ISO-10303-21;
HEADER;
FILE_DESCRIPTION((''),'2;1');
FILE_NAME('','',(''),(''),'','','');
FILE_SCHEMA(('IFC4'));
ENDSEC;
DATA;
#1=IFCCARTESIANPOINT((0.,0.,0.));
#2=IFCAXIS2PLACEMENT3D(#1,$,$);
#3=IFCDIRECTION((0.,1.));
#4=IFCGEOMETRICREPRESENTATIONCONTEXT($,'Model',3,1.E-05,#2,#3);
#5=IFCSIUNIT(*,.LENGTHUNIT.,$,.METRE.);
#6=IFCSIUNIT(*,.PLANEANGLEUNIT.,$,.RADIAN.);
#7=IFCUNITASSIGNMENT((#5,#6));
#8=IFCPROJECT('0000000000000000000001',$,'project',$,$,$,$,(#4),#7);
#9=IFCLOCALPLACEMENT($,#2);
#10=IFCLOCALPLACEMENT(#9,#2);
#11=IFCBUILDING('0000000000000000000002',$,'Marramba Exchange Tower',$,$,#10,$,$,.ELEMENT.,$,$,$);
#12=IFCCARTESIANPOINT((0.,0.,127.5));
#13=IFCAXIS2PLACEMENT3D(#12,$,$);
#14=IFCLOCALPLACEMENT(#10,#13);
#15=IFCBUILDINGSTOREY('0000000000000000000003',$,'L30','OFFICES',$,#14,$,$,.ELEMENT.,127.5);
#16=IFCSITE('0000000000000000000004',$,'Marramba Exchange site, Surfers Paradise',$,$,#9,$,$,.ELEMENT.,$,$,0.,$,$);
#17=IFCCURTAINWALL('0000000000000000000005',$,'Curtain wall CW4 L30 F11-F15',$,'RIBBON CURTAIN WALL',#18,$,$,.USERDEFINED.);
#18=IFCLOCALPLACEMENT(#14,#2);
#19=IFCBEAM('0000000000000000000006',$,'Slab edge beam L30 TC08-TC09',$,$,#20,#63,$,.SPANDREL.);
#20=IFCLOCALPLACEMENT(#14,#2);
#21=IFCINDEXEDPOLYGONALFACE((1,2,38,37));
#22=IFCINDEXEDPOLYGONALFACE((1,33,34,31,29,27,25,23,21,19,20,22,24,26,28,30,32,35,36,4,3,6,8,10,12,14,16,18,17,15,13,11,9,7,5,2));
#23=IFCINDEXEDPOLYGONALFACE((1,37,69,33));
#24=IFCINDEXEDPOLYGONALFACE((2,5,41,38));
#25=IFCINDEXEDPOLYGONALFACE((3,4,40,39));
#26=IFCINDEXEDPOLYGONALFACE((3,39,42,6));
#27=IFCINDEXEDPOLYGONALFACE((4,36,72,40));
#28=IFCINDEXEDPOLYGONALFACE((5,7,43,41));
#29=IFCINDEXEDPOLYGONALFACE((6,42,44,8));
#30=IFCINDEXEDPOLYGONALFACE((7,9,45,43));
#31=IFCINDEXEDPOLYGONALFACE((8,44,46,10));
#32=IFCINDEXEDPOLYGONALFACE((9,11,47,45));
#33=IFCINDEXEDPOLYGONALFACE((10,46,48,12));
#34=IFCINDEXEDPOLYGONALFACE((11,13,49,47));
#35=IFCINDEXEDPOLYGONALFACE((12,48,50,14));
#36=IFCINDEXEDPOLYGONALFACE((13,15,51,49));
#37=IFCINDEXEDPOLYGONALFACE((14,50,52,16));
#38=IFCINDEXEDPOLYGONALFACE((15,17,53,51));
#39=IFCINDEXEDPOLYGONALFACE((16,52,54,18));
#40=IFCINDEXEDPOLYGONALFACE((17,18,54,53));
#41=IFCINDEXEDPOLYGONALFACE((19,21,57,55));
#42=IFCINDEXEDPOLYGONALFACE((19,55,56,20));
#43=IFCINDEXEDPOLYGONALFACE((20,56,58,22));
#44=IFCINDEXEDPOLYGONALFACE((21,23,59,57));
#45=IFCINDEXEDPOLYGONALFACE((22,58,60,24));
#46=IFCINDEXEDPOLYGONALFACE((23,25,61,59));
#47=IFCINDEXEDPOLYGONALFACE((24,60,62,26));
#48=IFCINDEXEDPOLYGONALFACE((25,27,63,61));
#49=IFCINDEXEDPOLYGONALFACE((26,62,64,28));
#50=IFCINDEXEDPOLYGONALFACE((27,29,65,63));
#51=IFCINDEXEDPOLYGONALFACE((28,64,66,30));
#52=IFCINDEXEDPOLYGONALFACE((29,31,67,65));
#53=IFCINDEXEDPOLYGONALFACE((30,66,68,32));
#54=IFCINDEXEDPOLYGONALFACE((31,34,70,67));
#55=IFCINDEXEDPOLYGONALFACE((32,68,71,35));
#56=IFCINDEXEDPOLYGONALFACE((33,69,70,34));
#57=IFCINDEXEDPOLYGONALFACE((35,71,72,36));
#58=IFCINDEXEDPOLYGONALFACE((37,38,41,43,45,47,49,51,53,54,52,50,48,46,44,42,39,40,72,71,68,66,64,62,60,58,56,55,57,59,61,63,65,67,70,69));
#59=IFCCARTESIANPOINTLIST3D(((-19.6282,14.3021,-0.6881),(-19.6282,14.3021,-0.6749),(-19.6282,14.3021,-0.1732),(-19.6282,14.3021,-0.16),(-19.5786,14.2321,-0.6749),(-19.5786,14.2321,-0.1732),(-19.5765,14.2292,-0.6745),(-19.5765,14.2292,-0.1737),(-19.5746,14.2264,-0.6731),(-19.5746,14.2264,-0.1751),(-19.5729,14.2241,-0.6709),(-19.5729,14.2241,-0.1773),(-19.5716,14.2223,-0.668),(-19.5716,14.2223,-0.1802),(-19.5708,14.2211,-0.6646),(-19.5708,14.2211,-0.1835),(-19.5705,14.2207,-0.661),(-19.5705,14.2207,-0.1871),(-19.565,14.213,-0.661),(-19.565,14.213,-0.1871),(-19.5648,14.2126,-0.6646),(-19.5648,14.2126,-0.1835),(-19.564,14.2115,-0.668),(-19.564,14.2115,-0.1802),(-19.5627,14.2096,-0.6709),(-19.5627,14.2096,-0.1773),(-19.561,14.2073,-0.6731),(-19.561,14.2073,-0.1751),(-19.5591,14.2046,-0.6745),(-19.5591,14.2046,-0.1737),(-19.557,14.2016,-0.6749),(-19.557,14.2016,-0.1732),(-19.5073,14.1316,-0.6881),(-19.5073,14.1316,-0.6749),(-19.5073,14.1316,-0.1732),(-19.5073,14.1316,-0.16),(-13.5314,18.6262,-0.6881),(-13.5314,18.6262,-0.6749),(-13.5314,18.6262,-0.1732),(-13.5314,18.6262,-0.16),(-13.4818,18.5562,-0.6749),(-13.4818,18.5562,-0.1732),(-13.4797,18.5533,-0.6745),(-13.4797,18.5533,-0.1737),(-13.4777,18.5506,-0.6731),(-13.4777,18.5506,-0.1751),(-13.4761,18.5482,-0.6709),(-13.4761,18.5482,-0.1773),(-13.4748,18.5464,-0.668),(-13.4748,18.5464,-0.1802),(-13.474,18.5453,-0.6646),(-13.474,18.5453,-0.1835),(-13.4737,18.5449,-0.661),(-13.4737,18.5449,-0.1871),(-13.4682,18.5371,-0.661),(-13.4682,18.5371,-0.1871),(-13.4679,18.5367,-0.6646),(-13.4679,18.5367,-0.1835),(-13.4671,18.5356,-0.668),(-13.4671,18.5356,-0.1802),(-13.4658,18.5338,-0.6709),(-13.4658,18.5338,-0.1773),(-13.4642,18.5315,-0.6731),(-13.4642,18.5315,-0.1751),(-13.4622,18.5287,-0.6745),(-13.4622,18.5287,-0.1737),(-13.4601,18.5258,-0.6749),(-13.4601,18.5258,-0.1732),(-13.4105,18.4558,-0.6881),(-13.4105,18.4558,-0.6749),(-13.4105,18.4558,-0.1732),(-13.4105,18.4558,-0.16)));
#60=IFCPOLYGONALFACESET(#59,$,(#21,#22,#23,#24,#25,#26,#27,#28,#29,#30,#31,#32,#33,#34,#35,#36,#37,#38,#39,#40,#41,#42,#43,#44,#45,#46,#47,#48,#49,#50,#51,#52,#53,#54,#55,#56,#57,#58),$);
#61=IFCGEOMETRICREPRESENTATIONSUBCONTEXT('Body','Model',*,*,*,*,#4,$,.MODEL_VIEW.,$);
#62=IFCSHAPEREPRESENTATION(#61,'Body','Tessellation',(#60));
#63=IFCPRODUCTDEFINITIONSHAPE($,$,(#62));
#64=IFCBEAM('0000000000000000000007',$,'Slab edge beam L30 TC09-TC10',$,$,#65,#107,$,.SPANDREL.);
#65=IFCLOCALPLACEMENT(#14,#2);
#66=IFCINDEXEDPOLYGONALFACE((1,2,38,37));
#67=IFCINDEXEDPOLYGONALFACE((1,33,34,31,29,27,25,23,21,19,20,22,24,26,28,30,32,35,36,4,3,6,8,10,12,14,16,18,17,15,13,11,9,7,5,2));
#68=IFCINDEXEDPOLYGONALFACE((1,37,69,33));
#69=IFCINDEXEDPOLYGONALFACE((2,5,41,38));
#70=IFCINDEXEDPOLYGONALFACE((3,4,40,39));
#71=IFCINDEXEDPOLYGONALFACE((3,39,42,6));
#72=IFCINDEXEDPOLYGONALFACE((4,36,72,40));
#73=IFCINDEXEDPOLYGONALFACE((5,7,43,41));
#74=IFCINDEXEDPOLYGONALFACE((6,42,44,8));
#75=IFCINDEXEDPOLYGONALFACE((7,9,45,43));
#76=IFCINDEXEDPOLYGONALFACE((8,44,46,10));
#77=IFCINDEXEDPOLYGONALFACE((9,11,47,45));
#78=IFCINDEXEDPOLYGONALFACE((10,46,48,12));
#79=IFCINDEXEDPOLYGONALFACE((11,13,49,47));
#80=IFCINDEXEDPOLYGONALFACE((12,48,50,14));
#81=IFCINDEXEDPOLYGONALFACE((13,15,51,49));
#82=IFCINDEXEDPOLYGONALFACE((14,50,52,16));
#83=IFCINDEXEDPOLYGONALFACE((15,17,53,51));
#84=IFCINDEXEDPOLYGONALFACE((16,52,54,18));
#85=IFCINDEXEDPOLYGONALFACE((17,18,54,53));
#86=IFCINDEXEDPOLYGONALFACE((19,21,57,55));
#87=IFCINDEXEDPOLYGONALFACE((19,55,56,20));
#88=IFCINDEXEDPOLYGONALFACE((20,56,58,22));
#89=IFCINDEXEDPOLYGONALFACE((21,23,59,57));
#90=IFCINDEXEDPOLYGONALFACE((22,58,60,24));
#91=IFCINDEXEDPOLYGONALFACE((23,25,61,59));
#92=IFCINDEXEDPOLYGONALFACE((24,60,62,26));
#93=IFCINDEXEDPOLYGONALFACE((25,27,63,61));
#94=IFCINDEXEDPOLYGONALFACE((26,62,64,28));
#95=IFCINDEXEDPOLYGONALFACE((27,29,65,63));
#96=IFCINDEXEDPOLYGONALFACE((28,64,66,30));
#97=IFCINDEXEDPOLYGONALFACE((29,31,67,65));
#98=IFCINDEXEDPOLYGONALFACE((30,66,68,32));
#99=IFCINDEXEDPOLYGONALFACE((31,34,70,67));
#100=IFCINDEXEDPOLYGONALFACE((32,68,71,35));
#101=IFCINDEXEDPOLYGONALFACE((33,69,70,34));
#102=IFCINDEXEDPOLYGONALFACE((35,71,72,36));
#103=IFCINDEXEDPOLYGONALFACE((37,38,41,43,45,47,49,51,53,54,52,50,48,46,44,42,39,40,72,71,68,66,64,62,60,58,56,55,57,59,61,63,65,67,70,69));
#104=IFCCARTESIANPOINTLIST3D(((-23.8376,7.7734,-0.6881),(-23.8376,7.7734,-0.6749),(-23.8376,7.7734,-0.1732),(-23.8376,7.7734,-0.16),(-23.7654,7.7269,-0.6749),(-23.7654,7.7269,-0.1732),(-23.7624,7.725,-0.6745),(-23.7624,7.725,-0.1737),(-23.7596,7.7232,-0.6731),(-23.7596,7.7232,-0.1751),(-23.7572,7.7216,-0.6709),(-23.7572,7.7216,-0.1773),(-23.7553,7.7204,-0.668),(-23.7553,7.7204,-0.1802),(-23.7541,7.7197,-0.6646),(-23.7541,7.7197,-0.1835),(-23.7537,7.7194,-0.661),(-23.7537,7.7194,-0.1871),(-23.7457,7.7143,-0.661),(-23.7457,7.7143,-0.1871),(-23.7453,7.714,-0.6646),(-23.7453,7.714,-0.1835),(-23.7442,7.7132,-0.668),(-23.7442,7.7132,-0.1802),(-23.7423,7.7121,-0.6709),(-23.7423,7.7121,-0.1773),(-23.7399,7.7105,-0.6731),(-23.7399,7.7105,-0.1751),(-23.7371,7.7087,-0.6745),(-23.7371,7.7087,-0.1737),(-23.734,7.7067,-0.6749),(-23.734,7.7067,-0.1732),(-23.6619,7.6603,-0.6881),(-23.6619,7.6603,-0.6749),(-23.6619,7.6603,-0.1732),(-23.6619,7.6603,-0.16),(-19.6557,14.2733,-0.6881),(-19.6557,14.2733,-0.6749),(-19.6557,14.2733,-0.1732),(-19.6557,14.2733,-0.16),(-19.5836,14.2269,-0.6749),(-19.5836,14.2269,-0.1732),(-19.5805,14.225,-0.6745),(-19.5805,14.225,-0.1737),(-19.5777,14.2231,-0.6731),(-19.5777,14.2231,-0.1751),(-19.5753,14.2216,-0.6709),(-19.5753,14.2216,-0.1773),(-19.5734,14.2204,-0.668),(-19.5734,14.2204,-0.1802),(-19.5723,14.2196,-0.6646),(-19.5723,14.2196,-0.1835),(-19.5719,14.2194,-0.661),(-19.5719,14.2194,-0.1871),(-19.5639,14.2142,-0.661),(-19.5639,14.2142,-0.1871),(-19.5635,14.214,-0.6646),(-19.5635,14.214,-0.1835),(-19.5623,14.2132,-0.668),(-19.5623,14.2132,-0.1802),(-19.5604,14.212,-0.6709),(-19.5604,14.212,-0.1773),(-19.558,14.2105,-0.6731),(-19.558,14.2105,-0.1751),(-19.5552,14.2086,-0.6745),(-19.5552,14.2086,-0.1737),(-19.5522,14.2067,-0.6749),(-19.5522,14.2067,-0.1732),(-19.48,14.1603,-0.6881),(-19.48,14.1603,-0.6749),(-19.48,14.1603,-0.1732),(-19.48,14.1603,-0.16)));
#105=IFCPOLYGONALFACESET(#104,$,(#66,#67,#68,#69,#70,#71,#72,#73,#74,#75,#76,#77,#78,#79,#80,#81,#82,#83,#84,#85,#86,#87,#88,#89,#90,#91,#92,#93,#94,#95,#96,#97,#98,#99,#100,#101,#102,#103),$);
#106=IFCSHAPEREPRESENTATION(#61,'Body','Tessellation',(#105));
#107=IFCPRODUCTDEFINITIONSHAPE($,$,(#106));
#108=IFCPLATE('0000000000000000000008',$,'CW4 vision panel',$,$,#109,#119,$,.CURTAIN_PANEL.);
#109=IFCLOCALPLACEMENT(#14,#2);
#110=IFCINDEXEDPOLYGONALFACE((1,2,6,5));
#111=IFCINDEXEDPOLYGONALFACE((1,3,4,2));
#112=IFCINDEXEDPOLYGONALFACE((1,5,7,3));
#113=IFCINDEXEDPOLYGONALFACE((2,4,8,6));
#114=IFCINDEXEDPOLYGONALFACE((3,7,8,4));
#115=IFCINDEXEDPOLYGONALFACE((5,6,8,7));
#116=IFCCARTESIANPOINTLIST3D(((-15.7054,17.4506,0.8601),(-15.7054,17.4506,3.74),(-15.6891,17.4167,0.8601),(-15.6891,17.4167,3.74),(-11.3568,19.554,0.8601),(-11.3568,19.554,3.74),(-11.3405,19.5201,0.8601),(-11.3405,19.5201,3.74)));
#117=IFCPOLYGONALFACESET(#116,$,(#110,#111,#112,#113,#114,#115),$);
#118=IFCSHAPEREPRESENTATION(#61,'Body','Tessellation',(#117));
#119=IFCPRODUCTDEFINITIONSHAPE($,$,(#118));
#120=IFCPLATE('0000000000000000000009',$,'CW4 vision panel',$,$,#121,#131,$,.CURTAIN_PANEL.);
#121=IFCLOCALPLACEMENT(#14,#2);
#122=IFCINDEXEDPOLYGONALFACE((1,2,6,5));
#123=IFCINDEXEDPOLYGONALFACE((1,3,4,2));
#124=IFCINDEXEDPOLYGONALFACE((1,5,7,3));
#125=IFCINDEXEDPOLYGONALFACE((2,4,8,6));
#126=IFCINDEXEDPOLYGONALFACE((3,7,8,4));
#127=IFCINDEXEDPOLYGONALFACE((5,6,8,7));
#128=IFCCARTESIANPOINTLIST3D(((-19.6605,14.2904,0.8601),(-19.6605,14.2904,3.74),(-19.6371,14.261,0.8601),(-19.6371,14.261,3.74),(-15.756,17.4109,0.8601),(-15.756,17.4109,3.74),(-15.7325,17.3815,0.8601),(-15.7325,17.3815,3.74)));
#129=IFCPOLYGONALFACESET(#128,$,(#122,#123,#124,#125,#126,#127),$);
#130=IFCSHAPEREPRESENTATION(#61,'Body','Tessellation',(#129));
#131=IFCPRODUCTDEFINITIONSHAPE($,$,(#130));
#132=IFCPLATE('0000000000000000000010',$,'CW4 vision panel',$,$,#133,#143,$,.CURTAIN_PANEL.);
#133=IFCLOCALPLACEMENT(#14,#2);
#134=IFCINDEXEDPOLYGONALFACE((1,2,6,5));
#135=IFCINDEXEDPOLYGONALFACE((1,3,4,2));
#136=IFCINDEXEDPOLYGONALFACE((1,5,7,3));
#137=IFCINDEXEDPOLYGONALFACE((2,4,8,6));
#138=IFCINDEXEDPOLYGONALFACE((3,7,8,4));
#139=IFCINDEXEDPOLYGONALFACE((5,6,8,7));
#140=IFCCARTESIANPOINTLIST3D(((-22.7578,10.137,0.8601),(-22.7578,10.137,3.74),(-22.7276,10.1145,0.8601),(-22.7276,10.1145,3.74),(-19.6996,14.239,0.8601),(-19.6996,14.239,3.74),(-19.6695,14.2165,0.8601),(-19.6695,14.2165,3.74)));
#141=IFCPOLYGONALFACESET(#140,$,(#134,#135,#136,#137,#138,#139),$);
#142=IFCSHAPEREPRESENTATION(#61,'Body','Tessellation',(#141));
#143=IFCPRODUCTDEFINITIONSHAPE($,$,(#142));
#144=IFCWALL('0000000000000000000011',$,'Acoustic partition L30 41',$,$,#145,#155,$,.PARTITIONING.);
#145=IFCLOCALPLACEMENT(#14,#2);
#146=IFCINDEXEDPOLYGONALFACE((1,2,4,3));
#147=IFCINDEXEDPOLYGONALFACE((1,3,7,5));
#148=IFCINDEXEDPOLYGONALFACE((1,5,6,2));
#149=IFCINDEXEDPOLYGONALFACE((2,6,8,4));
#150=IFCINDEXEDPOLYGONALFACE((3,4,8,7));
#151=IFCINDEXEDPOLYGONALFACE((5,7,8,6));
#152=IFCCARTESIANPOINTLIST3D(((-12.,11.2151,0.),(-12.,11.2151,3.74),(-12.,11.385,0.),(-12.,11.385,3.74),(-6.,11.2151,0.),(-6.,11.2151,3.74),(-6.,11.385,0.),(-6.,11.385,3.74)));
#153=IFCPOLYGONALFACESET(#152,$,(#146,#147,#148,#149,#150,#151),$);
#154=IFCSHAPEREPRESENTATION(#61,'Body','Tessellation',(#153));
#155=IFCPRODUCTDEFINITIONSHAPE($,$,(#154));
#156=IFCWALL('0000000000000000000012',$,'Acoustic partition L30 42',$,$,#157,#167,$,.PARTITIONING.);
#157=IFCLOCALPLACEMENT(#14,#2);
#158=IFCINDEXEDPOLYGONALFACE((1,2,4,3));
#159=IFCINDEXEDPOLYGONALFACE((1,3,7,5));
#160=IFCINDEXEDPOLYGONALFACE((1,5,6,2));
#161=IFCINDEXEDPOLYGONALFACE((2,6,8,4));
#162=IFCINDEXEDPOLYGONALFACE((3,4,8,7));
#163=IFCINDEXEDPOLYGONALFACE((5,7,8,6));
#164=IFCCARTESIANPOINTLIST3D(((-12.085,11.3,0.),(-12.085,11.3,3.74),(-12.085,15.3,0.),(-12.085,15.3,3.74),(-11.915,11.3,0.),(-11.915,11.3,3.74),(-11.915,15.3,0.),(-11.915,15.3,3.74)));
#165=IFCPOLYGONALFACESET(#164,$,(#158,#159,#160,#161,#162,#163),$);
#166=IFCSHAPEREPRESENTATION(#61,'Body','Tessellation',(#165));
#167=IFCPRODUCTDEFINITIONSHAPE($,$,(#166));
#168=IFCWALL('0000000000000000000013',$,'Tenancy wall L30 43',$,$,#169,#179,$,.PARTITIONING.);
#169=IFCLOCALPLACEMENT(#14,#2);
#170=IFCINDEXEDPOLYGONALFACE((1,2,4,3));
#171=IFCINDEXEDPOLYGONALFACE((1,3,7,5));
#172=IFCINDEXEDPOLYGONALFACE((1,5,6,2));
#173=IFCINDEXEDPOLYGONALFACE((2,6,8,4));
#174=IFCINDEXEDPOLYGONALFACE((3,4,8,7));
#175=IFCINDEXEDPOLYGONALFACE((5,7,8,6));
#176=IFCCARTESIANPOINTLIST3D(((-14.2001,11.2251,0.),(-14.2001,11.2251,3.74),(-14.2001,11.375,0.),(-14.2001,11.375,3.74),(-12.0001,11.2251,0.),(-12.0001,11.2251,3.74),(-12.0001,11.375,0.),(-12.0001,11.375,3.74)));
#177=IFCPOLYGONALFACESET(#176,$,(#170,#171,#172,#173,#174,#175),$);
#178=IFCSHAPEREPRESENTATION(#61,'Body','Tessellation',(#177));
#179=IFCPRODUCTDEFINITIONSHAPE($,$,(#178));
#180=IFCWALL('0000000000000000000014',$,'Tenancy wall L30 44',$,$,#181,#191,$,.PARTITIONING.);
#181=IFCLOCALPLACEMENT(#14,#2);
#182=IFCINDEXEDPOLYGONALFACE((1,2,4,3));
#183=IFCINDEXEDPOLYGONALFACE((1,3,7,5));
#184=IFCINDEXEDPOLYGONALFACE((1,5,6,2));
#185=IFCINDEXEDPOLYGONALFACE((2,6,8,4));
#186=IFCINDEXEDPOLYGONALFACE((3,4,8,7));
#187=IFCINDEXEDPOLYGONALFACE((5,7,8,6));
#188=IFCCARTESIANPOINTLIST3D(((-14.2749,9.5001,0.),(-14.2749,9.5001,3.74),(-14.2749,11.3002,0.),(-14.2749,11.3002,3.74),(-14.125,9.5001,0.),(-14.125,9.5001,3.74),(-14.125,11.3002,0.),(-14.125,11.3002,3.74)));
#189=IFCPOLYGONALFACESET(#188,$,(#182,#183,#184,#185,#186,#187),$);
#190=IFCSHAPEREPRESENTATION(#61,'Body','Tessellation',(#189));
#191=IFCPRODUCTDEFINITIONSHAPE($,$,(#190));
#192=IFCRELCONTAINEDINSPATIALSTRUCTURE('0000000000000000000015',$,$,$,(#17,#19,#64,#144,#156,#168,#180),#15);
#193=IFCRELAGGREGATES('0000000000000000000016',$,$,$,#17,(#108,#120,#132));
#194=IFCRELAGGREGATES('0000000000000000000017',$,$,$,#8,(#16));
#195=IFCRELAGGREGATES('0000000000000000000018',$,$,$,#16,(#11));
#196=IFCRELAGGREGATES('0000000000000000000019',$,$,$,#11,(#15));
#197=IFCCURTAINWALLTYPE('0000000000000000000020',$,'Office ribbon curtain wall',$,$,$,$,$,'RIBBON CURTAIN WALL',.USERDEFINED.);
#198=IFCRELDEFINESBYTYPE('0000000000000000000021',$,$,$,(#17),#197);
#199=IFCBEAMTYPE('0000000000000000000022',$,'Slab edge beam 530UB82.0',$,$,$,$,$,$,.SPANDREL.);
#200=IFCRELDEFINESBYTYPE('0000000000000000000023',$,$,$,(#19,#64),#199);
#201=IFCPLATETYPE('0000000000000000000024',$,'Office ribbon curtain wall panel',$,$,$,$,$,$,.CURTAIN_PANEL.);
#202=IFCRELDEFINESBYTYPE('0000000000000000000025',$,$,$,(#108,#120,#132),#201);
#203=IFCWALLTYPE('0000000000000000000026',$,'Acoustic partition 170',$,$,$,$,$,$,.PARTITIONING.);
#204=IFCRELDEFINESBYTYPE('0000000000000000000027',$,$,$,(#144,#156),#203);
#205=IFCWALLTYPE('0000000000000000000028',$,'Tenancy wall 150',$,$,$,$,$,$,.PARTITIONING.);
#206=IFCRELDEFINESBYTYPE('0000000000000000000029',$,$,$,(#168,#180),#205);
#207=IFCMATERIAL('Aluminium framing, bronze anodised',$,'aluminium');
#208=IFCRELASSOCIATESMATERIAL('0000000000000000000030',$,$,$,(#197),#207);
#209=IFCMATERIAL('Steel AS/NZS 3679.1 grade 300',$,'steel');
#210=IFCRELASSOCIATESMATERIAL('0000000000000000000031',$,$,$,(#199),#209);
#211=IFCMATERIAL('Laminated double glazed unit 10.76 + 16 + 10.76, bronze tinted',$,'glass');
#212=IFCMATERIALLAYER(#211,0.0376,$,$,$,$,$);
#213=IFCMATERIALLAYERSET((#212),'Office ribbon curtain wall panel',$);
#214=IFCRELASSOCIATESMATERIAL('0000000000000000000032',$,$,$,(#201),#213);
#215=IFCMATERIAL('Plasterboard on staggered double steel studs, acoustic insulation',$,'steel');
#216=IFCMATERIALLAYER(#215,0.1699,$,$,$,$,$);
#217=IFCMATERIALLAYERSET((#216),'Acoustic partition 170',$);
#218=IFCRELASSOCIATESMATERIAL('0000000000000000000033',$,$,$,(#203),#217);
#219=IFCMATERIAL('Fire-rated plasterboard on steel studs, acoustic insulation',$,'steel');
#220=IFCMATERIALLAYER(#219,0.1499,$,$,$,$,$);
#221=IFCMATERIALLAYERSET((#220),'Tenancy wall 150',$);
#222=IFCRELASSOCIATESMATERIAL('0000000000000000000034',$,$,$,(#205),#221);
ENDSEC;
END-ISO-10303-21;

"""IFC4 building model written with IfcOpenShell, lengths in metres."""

from ifc_helpers import new_model, si_unit, direction, frame, frame_2d, origin, origin_2d, place, context, subcontext, project, spatial, rectangle, i_section, extrude, material, layer, layer_set, material_profile, profile_set, type_object, element, aggregate, save


model = new_model("IFC4")

# Units and contexts
model_context = context("Model", 3, precision=1e-05, world=origin(), true_north=direction((0.0, 1.0)))
body_context = subcontext(model_context, "Body", "Model", "MODEL_VIEW")
ifc_project = project(units=[si_unit("LENGTHUNIT", "METRE"), si_unit("PLANEANGLEUNIT", "RADIAN")], contexts=[model_context])

# Site, building, storey
site_placement = place(None, origin())
site = spatial("IfcSite", under=ifc_project, at=site_placement, Name="Marramba Exchange site, Surfers Paradise", CompositionType="ELEMENT", RefElevation=0.0)
building_placement = place(site_placement, origin())
building = spatial("IfcBuilding", under=site, at=building_placement, Name="Marramba Exchange Tower", CompositionType="ELEMENT")
storey_placement = place(building_placement, frame((0.0, 0.0, 127.5)))
storey = spatial("IfcBuildingStorey", under=building, at=storey_placement, Name="L30", Description="OFFICES", CompositionType="ELEMENT", Elevation=127.5)

# Shared definitions
ifc_material_1 = material(Name="Steel AS/NZS 3679.1 grade 300", Category="steel")

# Curtain wall
ifc_material_2 = material(Name="Aluminium framing, bronze anodised", Category="aluminium")
curtain_wall_type = type_object("IfcCurtainWallType", Name="Office ribbon curtain wall", ElementType="RIBBON CURTAIN WALL", PredefinedType="USERDEFINED", material=ifc_material_2)
curtain_wall_placement = place(storey_placement, origin())
curtain_wall = element("IfcCurtainWall", 1, at=curtain_wall_placement, inside=storey, type_object=curtain_wall_type, Name="Curtain wall CW4 L30 F11-F15", ObjectType="RIBBON CURTAIN WALL", PredefinedType="USERDEFINED")

# Beams
ifc_material_profile_1 = material_profile(ifc_material_1, i_section(OverallWidth=0.209, OverallDepth=0.5281, WebThickness=0.0095, FlangeThickness=0.0132, FilletRadius=0.0139, at=origin_2d()), Name="530UB82.0")
ifc_profile_set_1 = profile_set([ifc_material_profile_1], Name="Steel AS/NZS 3679.1 grade 300")
beam_type_1 = type_object("IfcBeamType", Name="Slab edge beam 530UB82.0", PredefinedType="SPANDREL", material=ifc_profile_set_1)
beam_1_placement = place(storey_placement, frame((-13.4709, 18.541, -0.4241), z_axis=(-0.815673, -0.578513, 0.0), x_axis=(0.578513, -0.815673, 0.0)))
element("IfcBeam", 2, at=beam_1_placement, inside=storey, type_object=beam_type_1, Name="Slab edge beam L30 TC08-TC09", PredefinedType="SPANDREL", context=body_context, shape_type="SweptSolid", body=[
    extrude(i_section(OverallWidth=0.209, OverallDepth=0.5281, WebThickness=0.0095, FlangeThickness=0.0132, FilletRadius=0.0139, at=origin_2d()), origin(), (0.0, 0.0, 1.0), 7.4746),
])
beam_2_placement = place(storey_placement, frame((-19.5679, 14.2168, -0.4241), z_axis=(-0.541061, -0.840983, 0.0), x_axis=(0.840983, -0.541061, 0.0)))
element("IfcBeam", 3, at=beam_2_placement, inside=storey, type_object=beam_type_1, Name="Slab edge beam L30 TC09-TC10", PredefinedType="SPANDREL", context=body_context, shape_type="SweptSolid", body=[
    extrude(i_section(OverallWidth=0.209, OverallDepth=0.5281, WebThickness=0.0095, FlangeThickness=0.0132, FilletRadius=0.0139, at=origin_2d()), origin(), (0.0, 0.0, 1.0), 7.729),
])

# Plates
ifc_material_3 = material(Name="Laminated double glazed unit 10.76 + 16 + 10.76, bronze tinted", Category="glass")
ifc_layer_1 = layer(ifc_material_3, 0.0376)
ifc_layer_set_1 = layer_set([ifc_layer_1], Name="Office ribbon curtain wall panel")
plate_type = type_object("IfcPlateType", Name="Office ribbon curtain wall panel", PredefinedType="CURTAIN_PANEL", material=ifc_layer_set_1)
plate_1_placement = place(storey_placement, frame((-13.5229, 18.4854, 0.8601), z_axis=(0.0, 0.0, 1.0), x_axis=(-0.900224, -0.435428, 0.0)))
plate_1 = element("IfcPlate", 4, at=plate_1_placement, type_object=plate_type, Name="CW4 vision panel", PredefinedType="CURTAIN_PANEL", context=body_context, shape_type="SweptSolid", body=[
    extrude(rectangle(XDim=4.8306, YDim=0.0376, at=origin_2d()), origin(), (0.0, 0.0, 1.0), 2.8799),
])
plate_2_placement = place(storey_placement, frame((-17.6965, 15.8359, 0.8601), z_axis=(0.0, 0.0, 1.0), x_axis=(-0.781178, -0.624308, 0.0)))
plate_2 = element("IfcPlate", 5, at=plate_2_placement, type_object=plate_type, Name="CW4 vision panel", PredefinedType="CURTAIN_PANEL", context=body_context, shape_type="SweptSolid", body=[
    extrude(rectangle(XDim=4.9983, YDim=0.0376, at=origin_2d()), origin(), (0.0, 0.0, 1.0), 2.8799),
])
plate_3_placement = place(storey_placement, frame((-21.2136, 12.1768, 0.8601), z_axis=(0.0, 0.0, 1.0), x_axis=(-0.597704, -0.801717, 0.0)))
plate_3 = element("IfcPlate", 6, at=plate_3_placement, type_object=plate_type, Name="CW4 vision panel", PredefinedType="CURTAIN_PANEL", context=body_context, shape_type="SweptSolid", body=[
    extrude(rectangle(XDim=5.1165, YDim=0.0376, at=origin_2d()), origin(), (0.0, 0.0, 1.0), 2.8799),
])
aggregate(curtain_wall, [plate_1, plate_2, plate_3])

# Walls
ifc_material_4 = material(Name="Plasterboard on staggered double steel studs, acoustic insulation", Category="steel")
ifc_layer_2 = layer(ifc_material_4, 0.1699)
ifc_layer_set_2 = layer_set([ifc_layer_2], Name="Acoustic partition 170")
wall_type_1 = type_object("IfcWallType", Name="Acoustic partition 170", PredefinedType="PARTITIONING", material=ifc_layer_set_2)
wall_1_placement = place(storey_placement, frame((-12.0, 11.3, 0.0), z_axis=(0.0, 0.0, 1.0), x_axis=(1.0, 0.0, 0.0)))
element("IfcWall", 7, at=wall_1_placement, inside=storey, type_object=wall_type_1, Name="Acoustic partition L30 41", PredefinedType="PARTITIONING", context=body_context, shape_type="SweptSolid", body=[
    extrude(rectangle(XDim=6.0, YDim=0.1699, at=frame_2d((3.0, 0.0))), origin(), (0.0, 0.0, 1.0), 3.74),
])
wall_2_placement = place(storey_placement, frame((-12.0, 15.3, 0.0), z_axis=(0.0, 0.0, 1.0), x_axis=(0.0, -1.0, 0.0)))
element("IfcWall", 8, at=wall_2_placement, inside=storey, type_object=wall_type_1, Name="Acoustic partition L30 42", PredefinedType="PARTITIONING", context=body_context, shape_type="SweptSolid", body=[
    extrude(rectangle(XDim=4.0, YDim=0.1699, at=frame_2d((2.0, 0.0))), origin(), (0.0, 0.0, 1.0), 3.74),
])
ifc_material_5 = material(Name="Fire-rated plasterboard on steel studs, acoustic insulation", Category="steel")
ifc_layer_3 = layer(ifc_material_5, 0.1499)
ifc_layer_set_3 = layer_set([ifc_layer_3], Name="Tenancy wall 150")
wall_type_2 = type_object("IfcWallType", Name="Tenancy wall 150", PredefinedType="PARTITIONING", material=ifc_layer_set_3)
wall_3_placement = place(storey_placement, frame((-12.0, 11.3, 0.0), z_axis=(0.0, 0.0, 1.0), x_axis=(-1.0, 0.0, 0.0)))
element("IfcWall", 9, at=wall_3_placement, inside=storey, type_object=wall_type_2, Name="Tenancy wall L30 43", PredefinedType="PARTITIONING", context=body_context, shape_type="SweptSolid", body=[
    extrude(rectangle(XDim=2.2, YDim=0.1499, at=frame_2d((1.1001, 0.0))), origin(), (0.0, 0.0, 1.0), 3.74),
])
wall_4_placement = place(storey_placement, frame((-14.2, 11.3, 0.0), z_axis=(0.0, 0.0, 1.0), x_axis=(0.0, -1.0, 0.0)))
element("IfcWall", 10, at=wall_4_placement, inside=storey, type_object=wall_type_2, Name="Tenancy wall L30 44", PredefinedType="PARTITIONING", context=body_context, shape_type="SweptSolid", body=[
    extrude(rectangle(XDim=1.8, YDim=0.1499, at=frame_2d((0.8999, 0.0))), origin(), (0.0, 0.0, 1.0), 3.74),
])

save(model, "model.ifc")
